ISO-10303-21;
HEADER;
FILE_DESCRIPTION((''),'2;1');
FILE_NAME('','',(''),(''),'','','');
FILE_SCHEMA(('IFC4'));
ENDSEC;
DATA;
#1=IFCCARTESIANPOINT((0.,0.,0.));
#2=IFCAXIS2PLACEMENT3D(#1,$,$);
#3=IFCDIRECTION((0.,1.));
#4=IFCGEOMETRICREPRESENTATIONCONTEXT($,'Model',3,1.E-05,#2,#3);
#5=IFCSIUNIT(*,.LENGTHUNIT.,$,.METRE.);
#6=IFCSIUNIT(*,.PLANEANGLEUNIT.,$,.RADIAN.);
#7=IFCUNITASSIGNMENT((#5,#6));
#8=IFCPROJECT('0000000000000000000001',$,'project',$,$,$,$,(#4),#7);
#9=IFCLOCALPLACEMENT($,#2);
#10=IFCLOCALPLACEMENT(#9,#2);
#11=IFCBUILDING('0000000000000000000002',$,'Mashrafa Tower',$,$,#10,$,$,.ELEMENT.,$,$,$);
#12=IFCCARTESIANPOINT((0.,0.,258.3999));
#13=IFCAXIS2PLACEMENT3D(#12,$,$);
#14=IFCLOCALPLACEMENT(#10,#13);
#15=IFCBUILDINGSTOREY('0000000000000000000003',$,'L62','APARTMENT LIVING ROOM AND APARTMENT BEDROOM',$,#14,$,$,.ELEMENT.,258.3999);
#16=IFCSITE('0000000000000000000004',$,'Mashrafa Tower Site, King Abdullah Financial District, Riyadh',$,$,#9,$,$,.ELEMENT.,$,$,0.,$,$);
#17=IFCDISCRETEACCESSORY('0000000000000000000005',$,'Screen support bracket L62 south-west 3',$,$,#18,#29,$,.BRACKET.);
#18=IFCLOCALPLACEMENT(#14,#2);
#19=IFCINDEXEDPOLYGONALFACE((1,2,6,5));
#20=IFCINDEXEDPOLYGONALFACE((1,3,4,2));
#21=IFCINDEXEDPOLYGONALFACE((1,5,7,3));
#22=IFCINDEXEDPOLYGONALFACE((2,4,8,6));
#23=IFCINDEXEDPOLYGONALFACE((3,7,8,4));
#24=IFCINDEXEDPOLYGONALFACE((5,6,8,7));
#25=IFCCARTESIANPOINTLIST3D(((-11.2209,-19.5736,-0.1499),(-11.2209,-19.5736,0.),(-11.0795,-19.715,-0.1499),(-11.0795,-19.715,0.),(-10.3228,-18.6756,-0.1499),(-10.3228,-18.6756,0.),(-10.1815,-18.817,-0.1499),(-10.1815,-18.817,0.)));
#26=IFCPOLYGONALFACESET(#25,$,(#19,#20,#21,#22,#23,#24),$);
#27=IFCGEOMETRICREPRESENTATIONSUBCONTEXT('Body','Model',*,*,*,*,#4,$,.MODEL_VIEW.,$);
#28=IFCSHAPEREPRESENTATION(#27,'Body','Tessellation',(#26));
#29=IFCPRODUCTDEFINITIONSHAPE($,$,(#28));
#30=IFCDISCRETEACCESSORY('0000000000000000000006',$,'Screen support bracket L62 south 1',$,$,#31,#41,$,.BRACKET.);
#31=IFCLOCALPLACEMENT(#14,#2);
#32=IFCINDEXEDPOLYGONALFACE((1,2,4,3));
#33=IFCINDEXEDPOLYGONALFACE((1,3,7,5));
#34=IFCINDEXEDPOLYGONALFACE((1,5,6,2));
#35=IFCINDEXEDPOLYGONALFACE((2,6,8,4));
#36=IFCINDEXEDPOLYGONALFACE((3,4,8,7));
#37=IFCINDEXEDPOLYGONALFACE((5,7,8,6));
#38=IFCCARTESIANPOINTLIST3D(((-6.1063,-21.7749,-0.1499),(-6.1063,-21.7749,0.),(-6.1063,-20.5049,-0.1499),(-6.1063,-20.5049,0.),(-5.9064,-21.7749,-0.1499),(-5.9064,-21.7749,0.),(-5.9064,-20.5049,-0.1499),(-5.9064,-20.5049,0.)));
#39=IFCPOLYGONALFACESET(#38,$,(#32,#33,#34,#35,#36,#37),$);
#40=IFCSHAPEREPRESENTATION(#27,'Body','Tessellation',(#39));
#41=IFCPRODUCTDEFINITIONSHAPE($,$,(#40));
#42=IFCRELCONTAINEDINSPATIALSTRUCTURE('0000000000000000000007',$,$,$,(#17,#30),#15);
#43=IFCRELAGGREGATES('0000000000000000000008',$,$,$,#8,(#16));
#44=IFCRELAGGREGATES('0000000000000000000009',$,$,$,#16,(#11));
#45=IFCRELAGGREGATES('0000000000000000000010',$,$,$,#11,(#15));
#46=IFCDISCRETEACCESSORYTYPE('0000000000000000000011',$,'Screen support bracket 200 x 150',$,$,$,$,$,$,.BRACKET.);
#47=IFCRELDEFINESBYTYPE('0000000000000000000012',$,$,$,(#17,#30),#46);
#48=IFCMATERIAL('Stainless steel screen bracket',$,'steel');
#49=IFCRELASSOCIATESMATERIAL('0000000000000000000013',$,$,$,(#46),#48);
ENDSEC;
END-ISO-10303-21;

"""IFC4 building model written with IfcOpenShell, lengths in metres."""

from ifc_helpers import new_model, si_unit, direction, frame, origin, origin_2d, place, context, subcontext, project, spatial, rectangle, extrude, source, transform, mapped, material, type_object, type_shapes, element, save


model = new_model("IFC4")

# Units and contexts
model_context = context("Model", 3, precision=1e-05, world=origin(), true_north=direction((0.0, 1.0)))
body_context = subcontext(model_context, "Body", "Model", "MODEL_VIEW")
ifc_project = project(units=[si_unit("LENGTHUNIT", "METRE"), si_unit("PLANEANGLEUNIT", "RADIAN")], contexts=[model_context])

# Site, building, storey
site_placement = place(None, origin())
site = spatial("IfcSite", under=ifc_project, at=site_placement, Name="Mashrafa Tower Site, King Abdullah Financial District, Riyadh", CompositionType="ELEMENT", RefElevation=0.0)
building_placement = place(site_placement, origin())
building = spatial("IfcBuilding", under=site, at=building_placement, Name="Mashrafa Tower", CompositionType="ELEMENT")
storey_placement = place(building_placement, frame((0.0, 0.0, 258.3999)))
storey = spatial("IfcBuildingStorey", under=building, at=storey_placement, Name="L62", Description="APARTMENT LIVING ROOM AND APARTMENT BEDROOM", CompositionType="ELEMENT", Elevation=258.3999)

# Discrete accessories
ifc_material_1 = material(Name="Stainless steel screen bracket", Category="steel")
discrete_accessory_type = type_object("IfcDiscreteAccessoryType", Name="Screen support bracket 200 x 150", PredefinedType="BRACKET", material=ifc_material_1)
shared_shape_1 = source(origin(), body_context, "Body", "SweptSolid", [
    extrude(rectangle(XDim=0.2, YDim=1.27, at=origin_2d()), origin(), (0.0, 0.0, 1.0), 0.1499),
])
type_shapes(discrete_accessory_type, [shared_shape_1])
for number, where, z_axis, x_axis, name in (
    (1, (-10.7012, -19.1953, -0.1499), (0.0, 0.0, 1.0), (0.707107, -0.707107, 0.0), "Screen support bracket L62 south-west 3"),
    (2, (-6.0063, -21.1399, -0.1499), (0.0, 0.0, 1.0), (1.0, 0.0, 0.0), "Screen support bracket L62 south 1"),
):
    element("IfcDiscreteAccessory", number, at=place(storey_placement, frame(where, z_axis=z_axis, x_axis=x_axis)), inside=storey, type_object=discrete_accessory_type, Name=name, PredefinedType="BRACKET", context=body_context, shape_type="MappedRepresentation", body=[
        mapped(shared_shape_1, transform((0.0, 0.0, 0.0))),
    ])

save(model, "model.ifc")
